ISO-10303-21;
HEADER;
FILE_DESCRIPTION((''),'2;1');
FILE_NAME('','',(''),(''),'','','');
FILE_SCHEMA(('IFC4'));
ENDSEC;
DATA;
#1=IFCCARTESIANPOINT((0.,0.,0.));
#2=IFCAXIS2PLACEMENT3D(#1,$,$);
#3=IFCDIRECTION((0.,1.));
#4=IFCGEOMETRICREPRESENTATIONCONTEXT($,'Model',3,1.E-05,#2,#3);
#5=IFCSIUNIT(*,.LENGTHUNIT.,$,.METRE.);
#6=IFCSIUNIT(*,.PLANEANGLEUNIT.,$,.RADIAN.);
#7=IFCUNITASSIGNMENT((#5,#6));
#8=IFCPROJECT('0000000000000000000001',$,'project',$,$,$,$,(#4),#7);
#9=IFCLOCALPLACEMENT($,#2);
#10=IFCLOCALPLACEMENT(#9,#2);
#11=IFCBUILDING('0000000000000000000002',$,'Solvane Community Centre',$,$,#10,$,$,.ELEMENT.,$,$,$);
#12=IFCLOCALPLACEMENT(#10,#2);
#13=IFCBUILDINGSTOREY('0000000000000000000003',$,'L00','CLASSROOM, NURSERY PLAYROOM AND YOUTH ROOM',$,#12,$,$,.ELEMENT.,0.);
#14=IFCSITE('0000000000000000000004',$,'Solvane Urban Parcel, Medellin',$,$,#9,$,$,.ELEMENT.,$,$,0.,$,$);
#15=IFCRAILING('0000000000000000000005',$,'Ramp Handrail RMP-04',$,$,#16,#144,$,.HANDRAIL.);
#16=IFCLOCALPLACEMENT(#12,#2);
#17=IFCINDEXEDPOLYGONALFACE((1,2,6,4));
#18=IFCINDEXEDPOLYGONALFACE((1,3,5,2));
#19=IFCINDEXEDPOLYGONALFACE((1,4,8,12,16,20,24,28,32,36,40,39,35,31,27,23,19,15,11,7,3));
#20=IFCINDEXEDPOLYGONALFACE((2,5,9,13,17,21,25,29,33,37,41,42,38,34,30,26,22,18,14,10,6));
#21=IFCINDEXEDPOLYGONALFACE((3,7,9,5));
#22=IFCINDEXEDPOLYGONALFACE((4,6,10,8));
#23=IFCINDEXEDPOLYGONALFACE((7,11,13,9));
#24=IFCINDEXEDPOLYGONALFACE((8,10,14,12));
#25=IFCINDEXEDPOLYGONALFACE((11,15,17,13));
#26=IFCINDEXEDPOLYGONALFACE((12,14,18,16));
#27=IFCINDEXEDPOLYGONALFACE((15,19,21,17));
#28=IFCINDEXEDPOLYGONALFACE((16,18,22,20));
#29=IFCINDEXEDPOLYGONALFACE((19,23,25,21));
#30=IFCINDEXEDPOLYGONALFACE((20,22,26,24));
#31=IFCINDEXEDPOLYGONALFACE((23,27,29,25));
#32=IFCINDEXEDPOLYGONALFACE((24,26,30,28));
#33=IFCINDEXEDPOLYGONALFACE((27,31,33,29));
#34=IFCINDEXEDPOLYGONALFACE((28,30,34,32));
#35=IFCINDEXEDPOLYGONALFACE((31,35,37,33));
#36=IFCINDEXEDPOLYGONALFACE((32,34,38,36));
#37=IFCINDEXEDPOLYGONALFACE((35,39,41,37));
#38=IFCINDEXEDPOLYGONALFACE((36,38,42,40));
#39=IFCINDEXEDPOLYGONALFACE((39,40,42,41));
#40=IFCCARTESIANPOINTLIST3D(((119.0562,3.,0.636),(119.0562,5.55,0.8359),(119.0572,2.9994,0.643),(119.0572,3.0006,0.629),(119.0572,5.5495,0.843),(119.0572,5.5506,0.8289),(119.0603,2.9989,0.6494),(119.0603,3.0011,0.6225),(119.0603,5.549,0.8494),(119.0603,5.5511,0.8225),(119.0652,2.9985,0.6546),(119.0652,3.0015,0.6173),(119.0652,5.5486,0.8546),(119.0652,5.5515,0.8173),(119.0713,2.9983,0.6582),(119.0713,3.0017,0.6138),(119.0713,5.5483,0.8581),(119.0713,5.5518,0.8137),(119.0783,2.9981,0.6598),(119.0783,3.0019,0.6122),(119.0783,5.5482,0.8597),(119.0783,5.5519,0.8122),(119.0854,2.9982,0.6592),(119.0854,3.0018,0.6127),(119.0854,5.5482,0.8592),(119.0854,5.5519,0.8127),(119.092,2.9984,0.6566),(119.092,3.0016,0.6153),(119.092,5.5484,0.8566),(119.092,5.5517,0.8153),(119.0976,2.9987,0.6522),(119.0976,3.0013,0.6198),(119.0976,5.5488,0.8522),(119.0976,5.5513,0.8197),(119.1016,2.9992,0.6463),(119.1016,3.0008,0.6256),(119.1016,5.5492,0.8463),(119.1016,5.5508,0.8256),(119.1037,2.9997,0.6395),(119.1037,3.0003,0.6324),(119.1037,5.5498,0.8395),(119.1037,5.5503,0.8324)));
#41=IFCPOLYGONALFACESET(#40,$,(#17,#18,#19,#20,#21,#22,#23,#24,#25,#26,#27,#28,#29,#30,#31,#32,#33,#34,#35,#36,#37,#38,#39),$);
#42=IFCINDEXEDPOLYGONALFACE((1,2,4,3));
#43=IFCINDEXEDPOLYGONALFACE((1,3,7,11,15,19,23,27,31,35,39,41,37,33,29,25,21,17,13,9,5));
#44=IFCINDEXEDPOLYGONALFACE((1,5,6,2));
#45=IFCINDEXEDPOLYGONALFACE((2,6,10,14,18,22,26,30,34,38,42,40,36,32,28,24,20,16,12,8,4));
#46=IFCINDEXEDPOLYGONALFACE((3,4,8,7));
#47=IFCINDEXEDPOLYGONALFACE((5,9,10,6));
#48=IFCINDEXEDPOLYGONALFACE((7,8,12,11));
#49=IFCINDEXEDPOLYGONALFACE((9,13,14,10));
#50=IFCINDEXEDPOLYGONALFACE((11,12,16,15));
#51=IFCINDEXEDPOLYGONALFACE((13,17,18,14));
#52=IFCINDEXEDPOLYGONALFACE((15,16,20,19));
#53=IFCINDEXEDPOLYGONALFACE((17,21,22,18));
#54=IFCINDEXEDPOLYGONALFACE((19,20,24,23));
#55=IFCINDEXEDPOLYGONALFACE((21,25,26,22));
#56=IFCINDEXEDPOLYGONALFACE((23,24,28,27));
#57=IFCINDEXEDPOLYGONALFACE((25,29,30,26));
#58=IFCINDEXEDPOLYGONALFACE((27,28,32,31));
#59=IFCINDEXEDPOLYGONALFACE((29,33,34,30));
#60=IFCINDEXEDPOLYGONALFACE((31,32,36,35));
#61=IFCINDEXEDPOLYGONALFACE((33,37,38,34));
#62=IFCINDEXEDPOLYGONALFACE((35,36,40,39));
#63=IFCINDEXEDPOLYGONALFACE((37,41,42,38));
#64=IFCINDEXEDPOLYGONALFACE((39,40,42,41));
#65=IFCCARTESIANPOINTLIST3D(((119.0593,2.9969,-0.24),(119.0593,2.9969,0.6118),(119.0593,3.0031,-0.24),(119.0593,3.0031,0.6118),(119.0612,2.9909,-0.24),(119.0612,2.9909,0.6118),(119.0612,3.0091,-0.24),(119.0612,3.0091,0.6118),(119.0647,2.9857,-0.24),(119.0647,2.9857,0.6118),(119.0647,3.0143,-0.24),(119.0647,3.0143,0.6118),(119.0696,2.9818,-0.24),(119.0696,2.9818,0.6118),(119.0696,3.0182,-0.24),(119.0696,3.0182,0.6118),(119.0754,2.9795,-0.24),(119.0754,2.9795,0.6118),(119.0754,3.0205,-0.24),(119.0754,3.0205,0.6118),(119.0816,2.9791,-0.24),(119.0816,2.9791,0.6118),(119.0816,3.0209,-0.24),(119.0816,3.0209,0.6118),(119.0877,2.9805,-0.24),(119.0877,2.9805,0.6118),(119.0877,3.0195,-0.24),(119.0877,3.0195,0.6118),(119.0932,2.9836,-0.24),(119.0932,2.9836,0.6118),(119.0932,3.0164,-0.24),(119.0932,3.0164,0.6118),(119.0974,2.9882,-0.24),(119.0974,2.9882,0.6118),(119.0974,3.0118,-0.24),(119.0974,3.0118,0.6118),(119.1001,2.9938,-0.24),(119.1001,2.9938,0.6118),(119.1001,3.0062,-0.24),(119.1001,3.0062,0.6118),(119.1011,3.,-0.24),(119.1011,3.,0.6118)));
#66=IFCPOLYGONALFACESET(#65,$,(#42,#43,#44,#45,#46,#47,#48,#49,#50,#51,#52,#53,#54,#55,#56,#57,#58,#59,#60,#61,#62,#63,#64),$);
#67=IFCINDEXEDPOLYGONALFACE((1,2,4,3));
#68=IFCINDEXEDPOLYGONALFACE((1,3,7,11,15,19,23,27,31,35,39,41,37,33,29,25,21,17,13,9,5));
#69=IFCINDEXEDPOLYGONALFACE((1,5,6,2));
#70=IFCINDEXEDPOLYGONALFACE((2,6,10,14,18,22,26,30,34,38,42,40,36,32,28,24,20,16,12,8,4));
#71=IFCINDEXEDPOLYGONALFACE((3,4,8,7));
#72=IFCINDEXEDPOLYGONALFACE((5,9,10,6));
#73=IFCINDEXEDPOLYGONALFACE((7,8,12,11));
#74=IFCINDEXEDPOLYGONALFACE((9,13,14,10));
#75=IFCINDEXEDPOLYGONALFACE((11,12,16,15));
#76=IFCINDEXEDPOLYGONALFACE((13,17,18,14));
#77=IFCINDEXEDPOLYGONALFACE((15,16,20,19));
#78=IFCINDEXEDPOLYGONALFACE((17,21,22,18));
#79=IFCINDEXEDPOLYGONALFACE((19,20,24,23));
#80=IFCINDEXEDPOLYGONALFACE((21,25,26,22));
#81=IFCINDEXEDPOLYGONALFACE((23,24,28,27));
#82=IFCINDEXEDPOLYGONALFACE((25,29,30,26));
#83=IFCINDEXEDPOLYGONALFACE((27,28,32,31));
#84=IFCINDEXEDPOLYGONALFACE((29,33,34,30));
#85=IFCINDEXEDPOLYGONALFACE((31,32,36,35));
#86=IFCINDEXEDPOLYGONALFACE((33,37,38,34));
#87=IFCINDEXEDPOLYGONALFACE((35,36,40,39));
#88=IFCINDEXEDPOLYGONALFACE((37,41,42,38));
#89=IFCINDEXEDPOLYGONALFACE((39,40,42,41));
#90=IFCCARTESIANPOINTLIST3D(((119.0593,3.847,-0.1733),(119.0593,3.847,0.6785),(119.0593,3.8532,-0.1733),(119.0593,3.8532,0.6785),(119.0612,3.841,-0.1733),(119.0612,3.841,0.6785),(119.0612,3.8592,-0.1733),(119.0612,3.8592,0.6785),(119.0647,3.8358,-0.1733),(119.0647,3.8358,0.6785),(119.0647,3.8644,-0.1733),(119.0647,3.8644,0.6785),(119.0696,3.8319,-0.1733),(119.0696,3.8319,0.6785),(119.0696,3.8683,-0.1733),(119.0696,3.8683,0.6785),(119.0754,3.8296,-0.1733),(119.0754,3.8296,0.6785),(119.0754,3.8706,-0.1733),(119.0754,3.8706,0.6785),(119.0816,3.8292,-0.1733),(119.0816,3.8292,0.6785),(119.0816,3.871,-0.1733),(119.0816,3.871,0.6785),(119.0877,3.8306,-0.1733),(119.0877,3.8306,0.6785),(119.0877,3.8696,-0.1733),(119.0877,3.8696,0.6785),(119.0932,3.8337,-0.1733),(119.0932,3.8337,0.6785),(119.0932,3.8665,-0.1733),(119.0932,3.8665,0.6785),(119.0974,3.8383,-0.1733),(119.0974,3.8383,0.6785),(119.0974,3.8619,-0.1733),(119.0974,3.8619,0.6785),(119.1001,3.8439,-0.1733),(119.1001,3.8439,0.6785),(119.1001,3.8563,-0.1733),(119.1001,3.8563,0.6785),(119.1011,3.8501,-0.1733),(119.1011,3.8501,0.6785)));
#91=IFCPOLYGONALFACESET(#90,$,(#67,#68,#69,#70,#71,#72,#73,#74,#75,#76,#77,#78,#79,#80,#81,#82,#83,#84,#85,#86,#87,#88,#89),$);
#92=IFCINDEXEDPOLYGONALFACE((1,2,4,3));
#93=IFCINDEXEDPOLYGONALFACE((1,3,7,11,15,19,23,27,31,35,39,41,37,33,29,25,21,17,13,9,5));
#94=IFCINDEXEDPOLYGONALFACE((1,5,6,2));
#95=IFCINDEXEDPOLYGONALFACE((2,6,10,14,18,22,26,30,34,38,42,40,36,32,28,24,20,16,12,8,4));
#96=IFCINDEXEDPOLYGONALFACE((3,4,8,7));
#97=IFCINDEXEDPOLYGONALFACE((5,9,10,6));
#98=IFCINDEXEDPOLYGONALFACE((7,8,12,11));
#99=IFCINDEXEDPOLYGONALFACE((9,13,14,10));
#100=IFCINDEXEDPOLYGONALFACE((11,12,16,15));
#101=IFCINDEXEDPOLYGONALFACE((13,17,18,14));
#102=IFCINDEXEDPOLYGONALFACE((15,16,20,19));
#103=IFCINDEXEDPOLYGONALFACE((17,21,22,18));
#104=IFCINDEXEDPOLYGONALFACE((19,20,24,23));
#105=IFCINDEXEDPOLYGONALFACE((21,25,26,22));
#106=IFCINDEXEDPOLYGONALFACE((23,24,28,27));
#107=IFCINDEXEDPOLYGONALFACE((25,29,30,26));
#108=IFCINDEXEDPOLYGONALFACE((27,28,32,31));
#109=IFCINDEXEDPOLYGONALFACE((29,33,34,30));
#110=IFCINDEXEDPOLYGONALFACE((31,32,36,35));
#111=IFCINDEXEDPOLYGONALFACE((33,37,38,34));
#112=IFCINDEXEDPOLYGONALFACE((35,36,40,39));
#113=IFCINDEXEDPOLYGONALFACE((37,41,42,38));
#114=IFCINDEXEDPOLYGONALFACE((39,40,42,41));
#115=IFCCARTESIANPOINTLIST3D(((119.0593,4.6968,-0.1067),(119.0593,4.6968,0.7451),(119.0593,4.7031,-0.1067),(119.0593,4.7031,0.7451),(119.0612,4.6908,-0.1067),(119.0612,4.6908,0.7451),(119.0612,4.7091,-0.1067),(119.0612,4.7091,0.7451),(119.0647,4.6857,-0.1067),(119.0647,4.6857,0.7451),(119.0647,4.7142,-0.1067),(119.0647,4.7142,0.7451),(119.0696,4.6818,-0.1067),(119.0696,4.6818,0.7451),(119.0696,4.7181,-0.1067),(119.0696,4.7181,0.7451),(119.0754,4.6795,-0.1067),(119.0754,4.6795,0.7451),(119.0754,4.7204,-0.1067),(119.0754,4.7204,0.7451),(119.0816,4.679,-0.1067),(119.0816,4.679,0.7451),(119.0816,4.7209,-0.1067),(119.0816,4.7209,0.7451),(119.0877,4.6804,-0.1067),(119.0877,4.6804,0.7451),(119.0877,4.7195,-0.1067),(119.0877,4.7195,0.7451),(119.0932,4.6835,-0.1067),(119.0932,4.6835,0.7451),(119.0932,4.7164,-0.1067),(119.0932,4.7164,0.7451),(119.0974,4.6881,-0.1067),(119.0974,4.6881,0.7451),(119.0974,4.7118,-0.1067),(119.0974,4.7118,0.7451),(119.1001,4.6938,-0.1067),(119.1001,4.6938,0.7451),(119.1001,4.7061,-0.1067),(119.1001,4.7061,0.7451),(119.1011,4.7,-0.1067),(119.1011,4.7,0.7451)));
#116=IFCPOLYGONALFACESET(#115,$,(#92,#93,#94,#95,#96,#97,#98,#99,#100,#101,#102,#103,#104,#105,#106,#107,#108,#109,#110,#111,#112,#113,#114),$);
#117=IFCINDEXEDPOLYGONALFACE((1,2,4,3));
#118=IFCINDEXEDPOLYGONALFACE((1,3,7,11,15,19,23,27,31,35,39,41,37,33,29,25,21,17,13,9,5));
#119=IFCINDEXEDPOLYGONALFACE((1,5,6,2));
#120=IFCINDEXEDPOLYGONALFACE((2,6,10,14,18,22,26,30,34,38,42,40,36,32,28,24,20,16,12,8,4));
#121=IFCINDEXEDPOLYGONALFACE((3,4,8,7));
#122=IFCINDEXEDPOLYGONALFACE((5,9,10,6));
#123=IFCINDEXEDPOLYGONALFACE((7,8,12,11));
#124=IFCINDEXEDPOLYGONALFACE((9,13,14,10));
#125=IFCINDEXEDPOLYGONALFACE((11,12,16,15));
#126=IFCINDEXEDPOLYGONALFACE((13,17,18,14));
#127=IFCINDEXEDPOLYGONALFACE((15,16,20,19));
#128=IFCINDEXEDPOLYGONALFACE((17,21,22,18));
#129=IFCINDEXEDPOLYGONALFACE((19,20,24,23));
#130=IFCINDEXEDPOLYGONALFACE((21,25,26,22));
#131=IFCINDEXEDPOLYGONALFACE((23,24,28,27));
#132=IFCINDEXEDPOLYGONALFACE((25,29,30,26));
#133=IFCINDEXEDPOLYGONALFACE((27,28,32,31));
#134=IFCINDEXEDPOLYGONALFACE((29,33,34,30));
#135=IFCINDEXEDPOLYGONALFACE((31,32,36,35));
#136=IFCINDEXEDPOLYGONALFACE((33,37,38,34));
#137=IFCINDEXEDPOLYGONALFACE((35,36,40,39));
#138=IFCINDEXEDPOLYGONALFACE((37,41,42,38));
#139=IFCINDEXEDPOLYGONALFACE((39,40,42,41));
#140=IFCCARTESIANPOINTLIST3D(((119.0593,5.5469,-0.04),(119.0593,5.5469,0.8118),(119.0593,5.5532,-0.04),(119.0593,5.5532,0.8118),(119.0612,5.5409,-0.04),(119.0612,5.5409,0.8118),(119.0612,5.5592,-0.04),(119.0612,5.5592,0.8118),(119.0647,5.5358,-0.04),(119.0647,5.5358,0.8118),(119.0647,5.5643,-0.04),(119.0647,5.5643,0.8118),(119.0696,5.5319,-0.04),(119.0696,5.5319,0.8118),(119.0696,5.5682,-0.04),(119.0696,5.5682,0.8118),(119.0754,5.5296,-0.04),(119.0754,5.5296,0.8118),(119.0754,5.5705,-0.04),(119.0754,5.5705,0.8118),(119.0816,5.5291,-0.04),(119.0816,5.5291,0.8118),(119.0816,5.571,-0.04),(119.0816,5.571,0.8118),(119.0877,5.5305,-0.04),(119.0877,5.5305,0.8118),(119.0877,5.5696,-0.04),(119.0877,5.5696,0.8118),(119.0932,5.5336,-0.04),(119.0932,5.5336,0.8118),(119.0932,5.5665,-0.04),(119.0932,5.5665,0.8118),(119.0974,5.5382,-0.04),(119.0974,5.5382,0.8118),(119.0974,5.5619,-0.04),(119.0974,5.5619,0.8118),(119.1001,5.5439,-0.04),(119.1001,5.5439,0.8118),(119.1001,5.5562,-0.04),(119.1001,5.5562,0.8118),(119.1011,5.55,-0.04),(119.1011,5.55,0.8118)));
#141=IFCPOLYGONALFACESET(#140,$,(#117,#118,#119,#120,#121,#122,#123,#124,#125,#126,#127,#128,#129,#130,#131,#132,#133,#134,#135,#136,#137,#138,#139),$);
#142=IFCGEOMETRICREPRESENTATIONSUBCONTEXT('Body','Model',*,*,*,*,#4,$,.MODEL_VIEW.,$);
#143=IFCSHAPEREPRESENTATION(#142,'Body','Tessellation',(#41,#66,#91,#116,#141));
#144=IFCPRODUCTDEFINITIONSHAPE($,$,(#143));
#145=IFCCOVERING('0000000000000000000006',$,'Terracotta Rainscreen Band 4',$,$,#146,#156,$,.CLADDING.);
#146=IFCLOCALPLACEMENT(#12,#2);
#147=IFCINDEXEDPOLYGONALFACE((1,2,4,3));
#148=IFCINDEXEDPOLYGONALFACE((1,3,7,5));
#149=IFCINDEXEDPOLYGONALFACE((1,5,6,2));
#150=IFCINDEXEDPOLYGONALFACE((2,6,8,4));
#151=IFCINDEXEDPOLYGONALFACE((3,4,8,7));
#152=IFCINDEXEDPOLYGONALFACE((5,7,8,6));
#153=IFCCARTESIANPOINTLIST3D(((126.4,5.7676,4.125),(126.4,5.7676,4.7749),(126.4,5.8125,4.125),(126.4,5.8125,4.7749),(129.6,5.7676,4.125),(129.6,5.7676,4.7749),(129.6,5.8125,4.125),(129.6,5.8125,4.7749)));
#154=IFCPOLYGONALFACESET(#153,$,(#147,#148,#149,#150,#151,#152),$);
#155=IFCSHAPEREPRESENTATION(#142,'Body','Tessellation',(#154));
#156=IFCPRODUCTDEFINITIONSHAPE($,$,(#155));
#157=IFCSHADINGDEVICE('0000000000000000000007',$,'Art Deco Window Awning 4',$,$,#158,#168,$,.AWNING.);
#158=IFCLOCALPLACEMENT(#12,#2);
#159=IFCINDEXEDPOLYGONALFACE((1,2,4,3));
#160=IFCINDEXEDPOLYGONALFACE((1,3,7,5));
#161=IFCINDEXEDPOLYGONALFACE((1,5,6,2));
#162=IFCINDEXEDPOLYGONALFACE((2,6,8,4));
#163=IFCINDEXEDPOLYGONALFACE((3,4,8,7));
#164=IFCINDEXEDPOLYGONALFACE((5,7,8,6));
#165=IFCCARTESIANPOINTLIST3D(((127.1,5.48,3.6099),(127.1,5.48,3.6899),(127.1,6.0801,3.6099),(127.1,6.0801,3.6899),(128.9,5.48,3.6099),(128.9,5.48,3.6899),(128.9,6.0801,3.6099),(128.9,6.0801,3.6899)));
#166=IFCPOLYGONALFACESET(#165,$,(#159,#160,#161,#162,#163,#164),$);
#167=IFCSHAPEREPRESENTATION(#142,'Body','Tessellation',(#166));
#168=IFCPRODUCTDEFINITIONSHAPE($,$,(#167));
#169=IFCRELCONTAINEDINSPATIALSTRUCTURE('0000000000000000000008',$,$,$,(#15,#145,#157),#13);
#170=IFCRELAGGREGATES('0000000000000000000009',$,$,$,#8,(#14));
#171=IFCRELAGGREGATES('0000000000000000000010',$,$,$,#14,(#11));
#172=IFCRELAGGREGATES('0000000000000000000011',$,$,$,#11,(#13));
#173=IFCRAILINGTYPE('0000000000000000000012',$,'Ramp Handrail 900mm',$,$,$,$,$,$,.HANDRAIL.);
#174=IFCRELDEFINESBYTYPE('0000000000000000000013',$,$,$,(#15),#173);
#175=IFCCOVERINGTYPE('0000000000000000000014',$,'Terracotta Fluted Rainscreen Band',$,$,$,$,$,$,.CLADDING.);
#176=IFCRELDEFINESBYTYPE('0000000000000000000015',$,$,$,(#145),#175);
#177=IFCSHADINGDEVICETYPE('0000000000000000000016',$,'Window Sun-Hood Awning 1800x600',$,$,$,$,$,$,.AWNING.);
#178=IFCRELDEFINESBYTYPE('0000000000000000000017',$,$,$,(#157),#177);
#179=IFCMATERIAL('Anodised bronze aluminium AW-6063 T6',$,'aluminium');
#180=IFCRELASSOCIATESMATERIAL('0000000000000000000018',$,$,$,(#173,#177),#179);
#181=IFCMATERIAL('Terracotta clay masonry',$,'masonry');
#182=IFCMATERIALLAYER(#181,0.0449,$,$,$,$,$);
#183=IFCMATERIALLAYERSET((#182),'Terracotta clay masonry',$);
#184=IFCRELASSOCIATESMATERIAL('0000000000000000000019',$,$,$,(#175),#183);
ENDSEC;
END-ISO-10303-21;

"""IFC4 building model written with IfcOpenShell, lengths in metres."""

from ifc_helpers import new_model, si_unit, direction, frame, origin, origin_2d, place, context, subcontext, project, spatial, rectangle, circle, extrude, material, layer, layer_set, type_object, element, save


model = new_model("IFC4")

# Units and contexts
model_context = context("Model", 3, precision=1e-05, world=origin(), true_north=direction((0.0, 1.0)))
body_context = subcontext(model_context, "Body", "Model", "MODEL_VIEW")
ifc_project = project(units=[si_unit("LENGTHUNIT", "METRE"), si_unit("PLANEANGLEUNIT", "RADIAN")], contexts=[model_context])

# Site, building, storey
site_placement = place(None, origin())
site = spatial("IfcSite", under=ifc_project, at=site_placement, Name="Solvane Urban Parcel, Medellin", CompositionType="ELEMENT", RefElevation=0.0)
building_placement = place(site_placement, origin())
building = spatial("IfcBuilding", under=site, at=building_placement, Name="Solvane Community Centre", CompositionType="ELEMENT")
storey_placement = place(building_placement, origin())
storey = spatial("IfcBuildingStorey", under=building, at=storey_placement, Name="L00", Description="CLASSROOM, NURSERY PLAYROOM AND YOUTH ROOM", CompositionType="ELEMENT", Elevation=0.0)

# Shared definitions
ifc_material_1 = material(Name="Terracotta clay masonry", Category="masonry")
ifc_material_2 = material(Name="Anodised bronze aluminium AW-6063 T6", Category="aluminium")

# Railing
railing_type = type_object("IfcRailingType", Name="Ramp Handrail 900mm", PredefinedType="HANDRAIL", material=ifc_material_2)
railing_placement = place(storey_placement, frame((119.0801, 3.0, -0.24)))
element("IfcRailing", 1, at=railing_placement, inside=storey, type_object=railing_type, Name="Ramp Handrail RMP-04", PredefinedType="HANDRAIL", context=body_context, shape_type="SweptSolid", body=[
    extrude(circle(Radius=0.0239, at=origin_2d()), frame((0.0, 0.0, 0.876), z_axis=(0.0, 0.99694, 0.078171), x_axis=(-1.0, 0.0, 0.0)), (0.0, 0.0, 1.0), 2.5579),
    extrude(circle(Radius=0.021, at=origin_2d()), origin(), (0.0, 0.0, 1.0), 0.8518),
    extrude(circle(Radius=0.021, at=origin_2d()), frame((0.0, 0.8501, 0.0667)), (0.0, 0.0, 1.0), 0.8518),
    extrude(circle(Radius=0.021, at=origin_2d()), frame((0.0, 1.7, 0.1333)), (0.0, 0.0, 1.0), 0.8518),
    extrude(circle(Radius=0.021, at=origin_2d()), frame((0.0, 2.55, 0.2)), (0.0, 0.0, 1.0), 0.8518),
])

# Covering
ifc_layer_1 = layer(ifc_material_1, 0.0449)
ifc_layer_set_1 = layer_set([ifc_layer_1], Name="Terracotta clay masonry")
covering_type = type_object("IfcCoveringType", Name="Terracotta Fluted Rainscreen Band", PredefinedType="CLADDING", material=ifc_layer_set_1)
covering_placement = place(storey_placement, frame((128.0, 5.79, 4.125), z_axis=(0.0, 0.0, 1.0), x_axis=(1.0, 0.0, 0.0)))
element("IfcCovering", 2, at=covering_placement, inside=storey, type_object=covering_type, Name="Terracotta Rainscreen Band 4", PredefinedType="CLADDING", context=body_context, shape_type="SweptSolid", body=[
    extrude(rectangle(XDim=3.2, YDim=0.0449, at=origin_2d()), origin(), (0.0, 0.0, 1.0), 0.6499),
])

# Shading device
shading_device_type = type_object("IfcShadingDeviceType", Name="Window Sun-Hood Awning 1800x600", PredefinedType="AWNING", material=ifc_material_2)
shading_device_placement = place(storey_placement, frame((128.0, 5.78, 3.6099), z_axis=(0.0, 0.0, 1.0), x_axis=(1.0, 0.0, 0.0)))
element("IfcShadingDevice", 3, at=shading_device_placement, inside=storey, type_object=shading_device_type, Name="Art Deco Window Awning 4", PredefinedType="AWNING", context=body_context, shape_type="SweptSolid", body=[
    extrude(rectangle(XDim=1.8, YDim=0.6001, at=origin_2d()), origin(), (0.0, 0.0, 1.0), 0.0801),
])

save(model, "model.ifc")
